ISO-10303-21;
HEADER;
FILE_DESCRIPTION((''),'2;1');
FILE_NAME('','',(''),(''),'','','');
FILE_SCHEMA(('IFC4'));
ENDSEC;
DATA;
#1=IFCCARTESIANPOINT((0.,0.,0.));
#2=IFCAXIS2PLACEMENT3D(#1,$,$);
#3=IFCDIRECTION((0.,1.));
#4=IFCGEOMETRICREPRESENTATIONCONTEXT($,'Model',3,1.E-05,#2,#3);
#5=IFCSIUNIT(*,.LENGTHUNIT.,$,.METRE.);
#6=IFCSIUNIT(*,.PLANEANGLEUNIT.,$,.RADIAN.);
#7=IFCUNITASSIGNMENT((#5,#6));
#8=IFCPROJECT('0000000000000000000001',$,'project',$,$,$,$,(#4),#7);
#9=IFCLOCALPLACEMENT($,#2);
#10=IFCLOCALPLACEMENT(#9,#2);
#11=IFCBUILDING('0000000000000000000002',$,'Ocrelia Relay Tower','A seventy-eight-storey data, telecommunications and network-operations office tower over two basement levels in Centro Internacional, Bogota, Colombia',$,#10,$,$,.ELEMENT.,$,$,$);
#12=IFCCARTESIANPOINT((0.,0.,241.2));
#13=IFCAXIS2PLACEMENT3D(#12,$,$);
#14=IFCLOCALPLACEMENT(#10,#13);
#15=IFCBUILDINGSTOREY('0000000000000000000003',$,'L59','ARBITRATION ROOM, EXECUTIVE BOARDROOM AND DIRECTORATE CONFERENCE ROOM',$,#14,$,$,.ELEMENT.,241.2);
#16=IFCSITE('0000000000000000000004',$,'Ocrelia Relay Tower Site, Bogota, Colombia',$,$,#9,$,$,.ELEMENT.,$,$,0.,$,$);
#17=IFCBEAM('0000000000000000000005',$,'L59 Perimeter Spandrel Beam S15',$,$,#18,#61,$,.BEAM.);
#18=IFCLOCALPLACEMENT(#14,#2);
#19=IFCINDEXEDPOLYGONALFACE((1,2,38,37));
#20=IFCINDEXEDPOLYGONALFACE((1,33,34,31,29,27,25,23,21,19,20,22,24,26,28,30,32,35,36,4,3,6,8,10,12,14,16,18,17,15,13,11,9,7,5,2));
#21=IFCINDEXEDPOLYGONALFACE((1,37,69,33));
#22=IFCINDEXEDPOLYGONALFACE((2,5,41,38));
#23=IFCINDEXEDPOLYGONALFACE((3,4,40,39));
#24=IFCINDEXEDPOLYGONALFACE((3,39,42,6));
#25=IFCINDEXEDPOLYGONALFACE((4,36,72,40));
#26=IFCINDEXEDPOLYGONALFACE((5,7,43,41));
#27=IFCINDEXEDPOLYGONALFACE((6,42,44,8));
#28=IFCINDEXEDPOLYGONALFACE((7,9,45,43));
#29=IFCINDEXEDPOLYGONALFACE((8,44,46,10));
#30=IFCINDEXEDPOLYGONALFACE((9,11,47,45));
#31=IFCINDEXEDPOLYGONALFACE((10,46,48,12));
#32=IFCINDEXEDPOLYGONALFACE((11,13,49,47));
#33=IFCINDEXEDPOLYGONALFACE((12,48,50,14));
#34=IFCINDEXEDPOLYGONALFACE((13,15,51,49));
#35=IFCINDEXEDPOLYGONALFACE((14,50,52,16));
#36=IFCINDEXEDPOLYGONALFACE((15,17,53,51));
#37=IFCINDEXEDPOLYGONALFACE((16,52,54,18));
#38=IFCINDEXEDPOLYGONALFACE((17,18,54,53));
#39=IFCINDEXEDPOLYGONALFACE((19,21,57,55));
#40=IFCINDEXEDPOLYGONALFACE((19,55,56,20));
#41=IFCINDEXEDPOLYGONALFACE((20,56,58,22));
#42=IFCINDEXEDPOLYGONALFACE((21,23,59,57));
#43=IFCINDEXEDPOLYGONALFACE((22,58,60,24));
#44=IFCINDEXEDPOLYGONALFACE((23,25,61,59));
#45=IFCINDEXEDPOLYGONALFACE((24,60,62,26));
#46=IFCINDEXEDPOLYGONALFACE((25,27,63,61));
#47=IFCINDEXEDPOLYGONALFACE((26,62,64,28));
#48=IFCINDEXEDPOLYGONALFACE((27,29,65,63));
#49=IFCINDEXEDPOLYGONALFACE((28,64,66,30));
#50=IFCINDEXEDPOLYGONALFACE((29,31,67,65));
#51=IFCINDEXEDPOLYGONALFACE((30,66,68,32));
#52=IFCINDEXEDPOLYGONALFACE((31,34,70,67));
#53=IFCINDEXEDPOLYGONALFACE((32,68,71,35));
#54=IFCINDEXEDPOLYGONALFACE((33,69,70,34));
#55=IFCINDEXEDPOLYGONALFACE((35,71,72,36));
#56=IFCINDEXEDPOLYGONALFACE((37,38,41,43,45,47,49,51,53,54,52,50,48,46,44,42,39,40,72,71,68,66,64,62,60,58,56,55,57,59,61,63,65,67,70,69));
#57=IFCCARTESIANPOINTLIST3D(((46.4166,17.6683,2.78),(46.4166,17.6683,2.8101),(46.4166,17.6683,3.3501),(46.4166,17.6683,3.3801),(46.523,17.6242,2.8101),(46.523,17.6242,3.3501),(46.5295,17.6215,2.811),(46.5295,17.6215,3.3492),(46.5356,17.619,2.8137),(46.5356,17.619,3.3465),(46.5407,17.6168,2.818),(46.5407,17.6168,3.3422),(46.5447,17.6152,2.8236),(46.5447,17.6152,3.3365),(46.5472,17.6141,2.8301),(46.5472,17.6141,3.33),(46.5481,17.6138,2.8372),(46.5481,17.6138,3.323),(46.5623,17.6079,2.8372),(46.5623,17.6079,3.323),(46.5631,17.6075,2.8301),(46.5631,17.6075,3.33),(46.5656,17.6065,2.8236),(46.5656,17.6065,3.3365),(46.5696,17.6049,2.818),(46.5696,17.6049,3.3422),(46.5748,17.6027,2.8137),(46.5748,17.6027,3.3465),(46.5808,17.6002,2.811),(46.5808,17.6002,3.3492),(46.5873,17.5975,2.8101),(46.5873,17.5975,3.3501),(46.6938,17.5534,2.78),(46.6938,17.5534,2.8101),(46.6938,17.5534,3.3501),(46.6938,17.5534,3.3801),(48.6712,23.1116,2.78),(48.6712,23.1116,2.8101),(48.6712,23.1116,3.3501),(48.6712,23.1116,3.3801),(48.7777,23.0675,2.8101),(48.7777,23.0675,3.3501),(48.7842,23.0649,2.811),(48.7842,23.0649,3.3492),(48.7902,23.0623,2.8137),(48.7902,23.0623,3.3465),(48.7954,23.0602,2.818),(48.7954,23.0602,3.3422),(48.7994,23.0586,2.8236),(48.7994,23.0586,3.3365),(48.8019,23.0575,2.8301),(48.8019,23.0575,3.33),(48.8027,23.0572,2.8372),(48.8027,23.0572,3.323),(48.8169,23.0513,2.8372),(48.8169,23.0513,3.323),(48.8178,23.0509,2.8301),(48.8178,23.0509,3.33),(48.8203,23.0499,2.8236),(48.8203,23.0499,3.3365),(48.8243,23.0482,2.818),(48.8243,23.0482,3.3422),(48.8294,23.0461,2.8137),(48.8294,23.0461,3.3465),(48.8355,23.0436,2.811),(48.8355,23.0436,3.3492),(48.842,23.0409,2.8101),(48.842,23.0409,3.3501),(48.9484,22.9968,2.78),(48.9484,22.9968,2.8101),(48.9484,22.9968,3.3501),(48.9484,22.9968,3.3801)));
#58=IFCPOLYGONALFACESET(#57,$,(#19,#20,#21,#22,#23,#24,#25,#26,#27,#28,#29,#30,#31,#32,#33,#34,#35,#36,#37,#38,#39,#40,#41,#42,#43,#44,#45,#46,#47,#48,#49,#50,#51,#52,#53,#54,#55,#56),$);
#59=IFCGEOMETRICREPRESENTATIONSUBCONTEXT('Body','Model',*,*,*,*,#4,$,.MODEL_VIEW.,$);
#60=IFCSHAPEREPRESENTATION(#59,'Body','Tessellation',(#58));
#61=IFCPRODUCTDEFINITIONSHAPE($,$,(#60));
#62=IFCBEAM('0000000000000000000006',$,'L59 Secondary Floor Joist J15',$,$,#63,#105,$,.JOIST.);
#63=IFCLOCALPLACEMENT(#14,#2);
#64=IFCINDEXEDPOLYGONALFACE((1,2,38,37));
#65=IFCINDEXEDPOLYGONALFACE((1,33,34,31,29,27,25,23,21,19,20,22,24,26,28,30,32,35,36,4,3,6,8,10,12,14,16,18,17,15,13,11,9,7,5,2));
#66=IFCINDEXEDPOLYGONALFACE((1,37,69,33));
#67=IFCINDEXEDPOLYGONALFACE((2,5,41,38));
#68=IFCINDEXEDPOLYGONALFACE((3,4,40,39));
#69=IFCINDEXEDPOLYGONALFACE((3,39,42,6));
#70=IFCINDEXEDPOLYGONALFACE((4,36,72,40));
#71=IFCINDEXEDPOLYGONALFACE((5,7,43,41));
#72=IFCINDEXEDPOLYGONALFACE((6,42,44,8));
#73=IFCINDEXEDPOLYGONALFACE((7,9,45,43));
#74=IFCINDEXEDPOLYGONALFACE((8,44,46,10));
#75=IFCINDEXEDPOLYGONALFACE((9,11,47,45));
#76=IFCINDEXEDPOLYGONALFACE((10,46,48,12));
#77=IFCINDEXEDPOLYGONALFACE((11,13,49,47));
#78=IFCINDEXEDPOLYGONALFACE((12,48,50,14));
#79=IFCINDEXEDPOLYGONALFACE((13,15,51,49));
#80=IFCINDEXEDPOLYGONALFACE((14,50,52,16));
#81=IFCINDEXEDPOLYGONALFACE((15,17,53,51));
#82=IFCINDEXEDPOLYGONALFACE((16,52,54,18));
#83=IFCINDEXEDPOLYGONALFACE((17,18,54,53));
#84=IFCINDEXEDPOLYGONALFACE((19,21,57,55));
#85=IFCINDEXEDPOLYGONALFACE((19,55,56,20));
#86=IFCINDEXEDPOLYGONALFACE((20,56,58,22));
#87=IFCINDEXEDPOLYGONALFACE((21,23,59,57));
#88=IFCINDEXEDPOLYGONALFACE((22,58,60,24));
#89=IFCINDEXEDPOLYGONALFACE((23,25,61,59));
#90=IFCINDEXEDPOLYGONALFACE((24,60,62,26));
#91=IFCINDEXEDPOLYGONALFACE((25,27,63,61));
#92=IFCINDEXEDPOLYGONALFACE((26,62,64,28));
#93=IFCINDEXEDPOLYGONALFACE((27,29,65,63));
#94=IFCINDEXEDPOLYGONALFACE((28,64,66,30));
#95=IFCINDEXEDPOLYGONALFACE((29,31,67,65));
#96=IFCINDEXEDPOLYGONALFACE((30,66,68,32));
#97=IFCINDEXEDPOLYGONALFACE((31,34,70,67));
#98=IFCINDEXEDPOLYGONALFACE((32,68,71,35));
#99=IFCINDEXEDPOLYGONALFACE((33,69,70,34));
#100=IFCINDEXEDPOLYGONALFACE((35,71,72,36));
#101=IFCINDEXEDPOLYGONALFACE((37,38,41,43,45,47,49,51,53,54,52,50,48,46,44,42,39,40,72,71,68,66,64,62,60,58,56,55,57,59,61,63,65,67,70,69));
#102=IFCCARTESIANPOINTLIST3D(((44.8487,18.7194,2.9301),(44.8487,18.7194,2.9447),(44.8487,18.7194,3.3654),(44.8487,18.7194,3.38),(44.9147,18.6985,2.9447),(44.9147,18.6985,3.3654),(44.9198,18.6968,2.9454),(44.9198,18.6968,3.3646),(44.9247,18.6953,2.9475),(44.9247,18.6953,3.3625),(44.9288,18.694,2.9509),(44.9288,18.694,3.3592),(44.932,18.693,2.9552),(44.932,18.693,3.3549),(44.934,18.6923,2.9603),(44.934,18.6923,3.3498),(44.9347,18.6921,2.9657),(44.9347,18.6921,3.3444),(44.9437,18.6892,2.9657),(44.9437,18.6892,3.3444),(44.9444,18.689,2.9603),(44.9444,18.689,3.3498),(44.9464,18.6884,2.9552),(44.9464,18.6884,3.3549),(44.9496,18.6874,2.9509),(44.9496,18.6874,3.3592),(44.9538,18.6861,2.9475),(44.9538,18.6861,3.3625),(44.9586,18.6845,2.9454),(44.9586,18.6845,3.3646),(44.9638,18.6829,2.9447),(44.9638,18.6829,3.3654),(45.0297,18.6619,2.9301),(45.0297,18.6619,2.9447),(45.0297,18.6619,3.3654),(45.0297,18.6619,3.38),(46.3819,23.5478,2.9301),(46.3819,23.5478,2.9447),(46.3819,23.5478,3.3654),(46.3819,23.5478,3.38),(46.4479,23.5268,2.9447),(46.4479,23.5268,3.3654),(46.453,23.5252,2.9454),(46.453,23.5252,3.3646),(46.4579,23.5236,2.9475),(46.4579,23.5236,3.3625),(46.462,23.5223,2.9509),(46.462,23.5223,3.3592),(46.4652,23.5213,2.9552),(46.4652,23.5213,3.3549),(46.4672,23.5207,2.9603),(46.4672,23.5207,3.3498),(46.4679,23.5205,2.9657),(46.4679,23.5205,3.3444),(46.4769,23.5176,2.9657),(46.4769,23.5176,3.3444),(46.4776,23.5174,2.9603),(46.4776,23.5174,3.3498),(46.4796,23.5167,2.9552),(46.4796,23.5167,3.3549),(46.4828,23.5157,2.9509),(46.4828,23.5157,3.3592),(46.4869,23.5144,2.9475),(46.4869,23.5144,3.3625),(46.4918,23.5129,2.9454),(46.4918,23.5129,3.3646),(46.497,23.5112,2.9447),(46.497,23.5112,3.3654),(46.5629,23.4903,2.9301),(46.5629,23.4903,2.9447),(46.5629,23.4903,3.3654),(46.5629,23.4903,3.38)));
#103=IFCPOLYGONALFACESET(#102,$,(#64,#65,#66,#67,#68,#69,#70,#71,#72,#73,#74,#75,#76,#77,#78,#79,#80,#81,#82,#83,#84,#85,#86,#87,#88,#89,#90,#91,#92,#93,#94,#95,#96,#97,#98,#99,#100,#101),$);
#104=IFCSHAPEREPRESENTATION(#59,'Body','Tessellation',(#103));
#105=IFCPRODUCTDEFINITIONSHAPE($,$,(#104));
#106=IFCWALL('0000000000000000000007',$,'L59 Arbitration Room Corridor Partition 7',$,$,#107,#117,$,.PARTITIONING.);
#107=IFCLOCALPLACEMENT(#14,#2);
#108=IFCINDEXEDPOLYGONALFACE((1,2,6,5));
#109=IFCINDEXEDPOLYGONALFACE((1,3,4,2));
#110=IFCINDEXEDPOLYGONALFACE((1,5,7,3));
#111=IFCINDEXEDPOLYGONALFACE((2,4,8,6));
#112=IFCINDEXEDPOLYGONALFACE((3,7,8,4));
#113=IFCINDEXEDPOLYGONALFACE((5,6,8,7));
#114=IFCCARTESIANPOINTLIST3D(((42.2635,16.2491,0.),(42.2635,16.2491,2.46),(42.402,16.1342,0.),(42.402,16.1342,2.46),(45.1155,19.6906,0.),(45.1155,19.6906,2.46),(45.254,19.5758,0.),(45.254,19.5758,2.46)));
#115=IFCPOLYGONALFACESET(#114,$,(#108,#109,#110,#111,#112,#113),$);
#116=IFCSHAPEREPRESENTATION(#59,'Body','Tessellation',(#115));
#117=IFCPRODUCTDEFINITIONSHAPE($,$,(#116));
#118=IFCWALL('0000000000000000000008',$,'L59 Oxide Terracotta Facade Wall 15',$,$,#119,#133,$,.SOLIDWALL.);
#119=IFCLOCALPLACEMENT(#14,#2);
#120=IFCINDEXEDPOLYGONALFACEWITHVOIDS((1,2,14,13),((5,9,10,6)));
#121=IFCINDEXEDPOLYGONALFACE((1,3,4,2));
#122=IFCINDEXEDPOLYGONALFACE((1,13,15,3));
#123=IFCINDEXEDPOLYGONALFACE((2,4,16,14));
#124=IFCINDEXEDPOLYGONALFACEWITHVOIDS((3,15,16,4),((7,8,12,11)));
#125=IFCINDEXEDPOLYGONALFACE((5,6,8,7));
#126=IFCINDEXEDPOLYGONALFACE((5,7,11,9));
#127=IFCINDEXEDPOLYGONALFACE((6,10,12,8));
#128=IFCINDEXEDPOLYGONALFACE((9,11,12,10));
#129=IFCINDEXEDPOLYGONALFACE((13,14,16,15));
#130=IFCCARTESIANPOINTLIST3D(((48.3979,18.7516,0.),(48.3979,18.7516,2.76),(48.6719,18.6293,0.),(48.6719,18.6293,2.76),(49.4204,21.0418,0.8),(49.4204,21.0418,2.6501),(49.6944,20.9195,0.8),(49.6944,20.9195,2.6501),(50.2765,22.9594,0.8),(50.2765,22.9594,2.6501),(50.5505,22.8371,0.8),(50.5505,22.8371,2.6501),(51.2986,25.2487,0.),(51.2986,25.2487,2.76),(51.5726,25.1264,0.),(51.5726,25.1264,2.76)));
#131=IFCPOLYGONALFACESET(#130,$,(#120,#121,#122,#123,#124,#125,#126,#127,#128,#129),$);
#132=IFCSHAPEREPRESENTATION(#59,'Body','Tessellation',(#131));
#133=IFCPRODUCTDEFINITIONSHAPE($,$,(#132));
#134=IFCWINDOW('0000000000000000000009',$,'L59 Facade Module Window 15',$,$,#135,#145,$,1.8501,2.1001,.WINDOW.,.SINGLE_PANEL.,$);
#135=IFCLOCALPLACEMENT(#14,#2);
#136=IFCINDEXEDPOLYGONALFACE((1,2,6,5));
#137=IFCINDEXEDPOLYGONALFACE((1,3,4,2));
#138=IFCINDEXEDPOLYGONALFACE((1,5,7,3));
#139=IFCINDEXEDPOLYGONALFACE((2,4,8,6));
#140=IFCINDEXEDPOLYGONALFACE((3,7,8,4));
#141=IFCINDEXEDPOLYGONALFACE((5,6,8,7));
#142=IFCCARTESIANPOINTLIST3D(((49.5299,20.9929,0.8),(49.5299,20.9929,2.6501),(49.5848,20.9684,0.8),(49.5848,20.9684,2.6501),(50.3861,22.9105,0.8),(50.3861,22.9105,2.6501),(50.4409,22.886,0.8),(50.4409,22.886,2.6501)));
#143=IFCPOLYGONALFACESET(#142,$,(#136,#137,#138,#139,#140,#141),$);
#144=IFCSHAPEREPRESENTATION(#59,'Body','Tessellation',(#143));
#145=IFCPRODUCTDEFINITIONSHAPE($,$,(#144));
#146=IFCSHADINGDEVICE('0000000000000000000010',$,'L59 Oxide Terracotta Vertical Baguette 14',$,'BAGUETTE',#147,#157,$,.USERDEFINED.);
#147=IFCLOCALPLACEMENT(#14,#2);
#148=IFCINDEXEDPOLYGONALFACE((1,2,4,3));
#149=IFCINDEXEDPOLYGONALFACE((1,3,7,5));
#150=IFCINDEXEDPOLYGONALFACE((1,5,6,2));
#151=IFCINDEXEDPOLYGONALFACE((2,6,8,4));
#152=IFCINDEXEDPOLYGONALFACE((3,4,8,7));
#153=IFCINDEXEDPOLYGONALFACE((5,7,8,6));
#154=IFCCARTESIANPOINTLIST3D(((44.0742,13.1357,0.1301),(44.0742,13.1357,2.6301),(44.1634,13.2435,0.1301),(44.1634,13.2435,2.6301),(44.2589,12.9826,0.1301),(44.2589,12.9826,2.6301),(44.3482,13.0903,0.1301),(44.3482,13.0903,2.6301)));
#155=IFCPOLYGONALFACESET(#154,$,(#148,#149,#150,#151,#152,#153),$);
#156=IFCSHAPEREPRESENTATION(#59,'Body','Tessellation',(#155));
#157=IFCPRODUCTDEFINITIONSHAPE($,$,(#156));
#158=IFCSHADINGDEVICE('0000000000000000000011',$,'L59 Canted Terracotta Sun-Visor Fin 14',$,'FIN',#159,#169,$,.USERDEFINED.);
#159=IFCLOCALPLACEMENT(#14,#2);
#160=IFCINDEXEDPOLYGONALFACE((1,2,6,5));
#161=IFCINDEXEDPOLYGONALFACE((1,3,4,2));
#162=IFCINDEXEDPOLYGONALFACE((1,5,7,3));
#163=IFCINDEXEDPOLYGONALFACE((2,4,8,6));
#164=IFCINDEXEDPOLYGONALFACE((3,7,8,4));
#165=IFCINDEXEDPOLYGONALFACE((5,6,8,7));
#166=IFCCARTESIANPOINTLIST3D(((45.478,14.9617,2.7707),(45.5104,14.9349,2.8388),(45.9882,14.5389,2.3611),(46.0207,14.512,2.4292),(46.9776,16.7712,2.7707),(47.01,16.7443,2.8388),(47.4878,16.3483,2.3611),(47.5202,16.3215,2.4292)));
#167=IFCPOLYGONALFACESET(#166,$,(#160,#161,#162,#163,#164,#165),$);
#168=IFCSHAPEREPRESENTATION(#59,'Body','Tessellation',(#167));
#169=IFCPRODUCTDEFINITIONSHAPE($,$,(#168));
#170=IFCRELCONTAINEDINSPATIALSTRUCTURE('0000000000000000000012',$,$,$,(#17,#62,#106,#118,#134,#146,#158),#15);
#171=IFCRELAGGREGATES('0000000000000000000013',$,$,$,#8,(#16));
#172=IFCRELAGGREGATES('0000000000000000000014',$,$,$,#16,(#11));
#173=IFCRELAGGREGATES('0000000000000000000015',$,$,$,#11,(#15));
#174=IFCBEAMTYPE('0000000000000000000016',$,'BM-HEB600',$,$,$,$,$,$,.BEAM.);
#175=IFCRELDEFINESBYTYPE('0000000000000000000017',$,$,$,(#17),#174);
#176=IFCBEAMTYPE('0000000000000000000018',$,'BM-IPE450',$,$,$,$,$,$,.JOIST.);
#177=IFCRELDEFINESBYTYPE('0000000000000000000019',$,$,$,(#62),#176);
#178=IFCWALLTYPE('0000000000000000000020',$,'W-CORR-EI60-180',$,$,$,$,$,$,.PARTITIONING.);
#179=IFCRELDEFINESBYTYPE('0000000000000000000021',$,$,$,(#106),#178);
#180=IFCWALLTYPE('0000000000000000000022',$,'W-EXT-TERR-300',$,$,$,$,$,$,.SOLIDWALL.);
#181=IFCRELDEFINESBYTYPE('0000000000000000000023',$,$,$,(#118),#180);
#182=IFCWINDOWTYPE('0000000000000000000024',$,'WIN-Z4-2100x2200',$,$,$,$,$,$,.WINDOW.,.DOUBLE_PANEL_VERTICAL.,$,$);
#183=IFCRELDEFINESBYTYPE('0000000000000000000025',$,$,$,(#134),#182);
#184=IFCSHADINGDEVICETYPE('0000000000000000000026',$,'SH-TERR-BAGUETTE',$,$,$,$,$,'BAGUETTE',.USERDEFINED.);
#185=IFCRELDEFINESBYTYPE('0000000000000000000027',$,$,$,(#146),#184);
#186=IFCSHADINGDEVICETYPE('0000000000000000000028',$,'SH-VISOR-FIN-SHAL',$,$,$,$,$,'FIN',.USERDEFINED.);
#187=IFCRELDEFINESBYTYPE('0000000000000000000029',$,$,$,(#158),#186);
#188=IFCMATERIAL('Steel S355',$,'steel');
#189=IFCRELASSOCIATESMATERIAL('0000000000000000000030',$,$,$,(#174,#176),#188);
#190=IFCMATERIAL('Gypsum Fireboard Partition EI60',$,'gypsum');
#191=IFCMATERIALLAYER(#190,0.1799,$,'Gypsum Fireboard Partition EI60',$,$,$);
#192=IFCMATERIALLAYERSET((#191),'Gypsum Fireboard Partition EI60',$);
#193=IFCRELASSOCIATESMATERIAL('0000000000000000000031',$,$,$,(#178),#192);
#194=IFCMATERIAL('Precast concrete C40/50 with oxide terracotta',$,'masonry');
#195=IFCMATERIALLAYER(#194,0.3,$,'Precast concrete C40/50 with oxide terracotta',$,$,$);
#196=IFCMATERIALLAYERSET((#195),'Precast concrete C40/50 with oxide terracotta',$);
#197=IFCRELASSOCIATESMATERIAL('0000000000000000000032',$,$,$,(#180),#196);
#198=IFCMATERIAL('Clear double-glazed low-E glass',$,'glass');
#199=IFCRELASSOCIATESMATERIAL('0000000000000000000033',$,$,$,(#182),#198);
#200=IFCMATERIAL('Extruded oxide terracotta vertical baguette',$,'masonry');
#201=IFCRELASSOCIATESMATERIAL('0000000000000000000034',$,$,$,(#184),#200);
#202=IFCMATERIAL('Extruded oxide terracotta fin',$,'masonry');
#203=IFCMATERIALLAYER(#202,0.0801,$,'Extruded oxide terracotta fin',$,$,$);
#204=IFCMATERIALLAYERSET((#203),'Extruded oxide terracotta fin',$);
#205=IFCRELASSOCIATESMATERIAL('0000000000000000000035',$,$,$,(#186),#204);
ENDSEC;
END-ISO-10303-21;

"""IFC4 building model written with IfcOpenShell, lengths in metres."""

from ifc_helpers import new_model, si_unit, direction, frame, frame_2d, origin, origin_2d, place, context, subcontext, project, spatial, rectangle, i_section, extrude, material, layer, layer_set, material_profile, profile_set, type_object, element, fill, save


model = new_model("IFC4")

# Units and contexts
model_context = context("Model", 3, precision=1e-05, world=origin(), true_north=direction((0.0, 1.0)))
body_context = subcontext(model_context, "Body", "Model", "MODEL_VIEW")
ifc_project = project(units=[si_unit("LENGTHUNIT", "METRE"), si_unit("PLANEANGLEUNIT", "RADIAN")], contexts=[model_context])

# Site, building, storey
site_placement = place(None, origin())
site = spatial("IfcSite", under=ifc_project, at=site_placement, Name="Ocrelia Relay Tower Site, Bogota, Colombia", CompositionType="ELEMENT", RefElevation=0.0)
building_placement = place(site_placement, origin())
building = spatial("IfcBuilding", under=site, at=building_placement, Name="Ocrelia Relay Tower", Description="A seventy-eight-storey data, telecommunications and network-operations office tower over two basement levels in Centro Internacional, Bogota, Colombia", CompositionType="ELEMENT")
storey_placement = place(building_placement, frame((0.0, 0.0, 241.2)))
storey = spatial("IfcBuildingStorey", under=building, at=storey_placement, Name="L59", Description="ARBITRATION ROOM, EXECUTIVE BOARDROOM AND DIRECTORATE CONFERENCE ROOM", CompositionType="ELEMENT", Elevation=241.2)

# Beams
ifc_material_1 = material(Name="Steel S355", Category="steel")
ifc_material_profile_1 = material_profile(ifc_material_1, i_section(OverallWidth=0.3, OverallDepth=0.6001, WebThickness=0.0154, FlangeThickness=0.03, FilletRadius=0.0271, at=origin_2d()), Name="HEB 600")
ifc_profile_set_1 = profile_set([ifc_material_profile_1], Name="Steel S355")
beam_type_1 = type_object("IfcBeamType", Name="BM-HEB600", PredefinedType="BEAM", material=ifc_profile_set_1)
beam_1_placement = place(storey_placement, frame((46.5552, 17.6108, 3.0801), z_axis=(0.382673, 0.923884, 0.0), x_axis=(-0.923884, 0.382673, 0.0)))
element("IfcBeam", 1, at=beam_1_placement, inside=storey, type_object=beam_type_1, Name="L59 Perimeter Spandrel Beam S15", PredefinedType="BEAM", context=body_context, shape_type="SweptSolid", body=[
    extrude(i_section(OverallWidth=0.3, OverallDepth=0.6001, WebThickness=0.0154, FlangeThickness=0.03, FilletRadius=0.0271, at=origin_2d()), origin(), (0.0, 0.0, 1.0), 5.8918),
])
ifc_material_profile_2 = material_profile(ifc_material_1, i_section(OverallWidth=0.1899, OverallDepth=0.45, WebThickness=0.0095, FlangeThickness=0.0146, FilletRadius=0.021, at=origin_2d()), Name="IPE 450")
ifc_profile_set_2 = profile_set([ifc_material_profile_2], Name="Steel S355")
beam_type_2 = type_object("IfcBeamType", Name="BM-IPE450", PredefinedType="JOIST", material=ifc_profile_set_2)
beam_2_placement = place(storey_placement, frame((44.9392, 18.6907, 3.155), z_axis=(0.302649, 0.953102, 0.0), x_axis=(-0.953102, 0.302649, 0.0)))
element("IfcBeam", 2, at=beam_2_placement, inside=storey, type_object=beam_type_2, Name="L59 Secondary Floor Joist J15", PredefinedType="JOIST", context=body_context, shape_type="SweptSolid", body=[
    extrude(i_section(OverallWidth=0.1899, OverallDepth=0.45, WebThickness=0.0095, FlangeThickness=0.0146, FilletRadius=0.021, at=origin_2d()), origin(), (0.0, 0.0, 1.0), 5.0659),
])

# Wall
ifc_material_2 = material(Name="Gypsum Fireboard Partition EI60", Category="gypsum")
ifc_layer_1 = layer(ifc_material_2, 0.1799, Name="Gypsum Fireboard Partition EI60")
ifc_layer_set_1 = layer_set([ifc_layer_1], Name="Gypsum Fireboard Partition EI60")
wall_type_1 = type_object("IfcWallType", Name="W-CORR-EI60-180", PredefinedType="PARTITIONING", material=ifc_layer_set_1)
wall_1_placement = place(storey_placement, frame((42.3328, 16.1917, 0.0), z_axis=(0.0, 0.0, 1.0), x_axis=(0.638071, 0.769978, 0.0)))
element("IfcWall", 3, at=wall_1_placement, inside=storey, type_object=wall_type_1, Name="L59 Arbitration Room Corridor Partition 7", PredefinedType="PARTITIONING", context=body_context, shape_type="SweptSolid", body=[
    extrude(rectangle(XDim=4.4697, YDim=0.1799, at=frame_2d((2.2349, 0.0))), origin(), (0.0, 0.0, 1.0), 2.46),
])

# Shared definitions
ifc_material_3 = material(Name="Precast concrete C40/50 with oxide terracotta", Category="masonry")
ifc_layer_2 = layer(ifc_material_3, 0.3, Name="Precast concrete C40/50 with oxide terracotta")
ifc_layer_set_2 = layer_set([ifc_layer_2], Name="Precast concrete C40/50 with oxide terracotta")
wall_type_2 = type_object("IfcWallType", Name="W-EXT-TERR-300", PredefinedType="SOLIDWALL", material=ifc_layer_set_2)

# Wall, opening, window
wall_2_placement = place(storey_placement, frame((48.5349, 18.6904, 0.0), z_axis=(0.0, 0.0, 1.0), x_axis=(0.407669, 0.91313, 0.0)))
wall_2 = element("IfcWall", 4, at=wall_2_placement, inside=storey, type_object=wall_type_2, Name="L59 Oxide Terracotta Facade Wall 15", PredefinedType="SOLIDWALL", context=body_context, shape_type="SweptSolid", body=[
    extrude(rectangle(XDim=7.1152, YDim=0.3, at=frame_2d((3.5576, 0.0))), origin(), (0.0, 0.0, 1.0), 2.76),
])
opening_1_placement = place(wall_2_placement, frame((2.5081, 0.0, 0.8)))
opening_1 = element("IfcOpeningElement", 5, at=opening_1_placement, cuts=wall_2, PredefinedType="OPENING", context=body_context, shape_type="SweptSolid", body=[
    extrude(rectangle(XDim=2.1001, YDim=1.8501, at=frame_2d((1.05, 0.925))), frame((0.0, 0.1602, 0.0), z_axis=(0.0, -1.0, 0.0), x_axis=(1.0, 0.0, 0.0)), (0.0, 0.0, 1.0), 0.3201),
])
ifc_material_4 = material(Name="Clear double-glazed low-E glass", Category="glass")
window_type = type_object("IfcWindowType", Name="WIN-Z4-2100x2200", PartitioningType="DOUBLE_PANEL_VERTICAL", PredefinedType="WINDOW", material=ifc_material_4)
window_placement = place(opening_1_placement, origin())
window = element("IfcWindow", 6, at=window_placement, inside=storey, type_object=window_type, Name="L59 Facade Module Window 15", OverallHeight=1.8501, OverallWidth=2.1001, PartitioningType="SINGLE_PANEL", PredefinedType="WINDOW", context=body_context, shape_type="SweptSolid", body=[
    extrude(rectangle(XDim=2.1001, YDim=1.8501, at=frame_2d((1.05, 0.925))), frame((0.0, 0.03, 0.0), z_axis=(0.0, -1.0, 0.0), x_axis=(1.0, 0.0, 0.0)), (0.0, 0.0, 1.0), 0.0601),
])
fill(opening_1, window)

# Shading devices
ifc_material_5 = material(Name="Extruded oxide terracotta vertical baguette", Category="masonry")
shading_device_type_1 = type_object("IfcShadingDeviceType", Name="SH-TERR-BAGUETTE", ElementType="BAGUETTE", PredefinedType="USERDEFINED", material=ifc_material_5)
shading_device_1_placement = place(storey_placement, frame((44.2112, 13.113, 0.1301), z_axis=(0.0, 0.0, 1.0), x_axis=(0.638096, 0.769957, 0.0)))
element("IfcShadingDevice", 7, at=shading_device_1_placement, inside=storey, type_object=shading_device_type_1, Name="L59 Oxide Terracotta Vertical Baguette 14", ObjectType="BAGUETTE", PredefinedType="USERDEFINED", context=body_context, shape_type="SweptSolid", body=[
    extrude(rectangle(XDim=0.1399, YDim=0.24, at=origin_2d()), origin(), (0.0, 0.0, 1.0), 2.5),
])
ifc_material_6 = material(Name="Extruded oxide terracotta fin", Category="masonry")
ifc_layer_3 = layer(ifc_material_6, 0.0801, Name="Extruded oxide terracotta fin")
ifc_layer_set_3 = layer_set([ifc_layer_3], Name="Extruded oxide terracotta fin")
shading_device_type_2 = type_object("IfcShadingDeviceType", Name="SH-VISOR-FIN-SHAL", ElementType="FIN", PredefinedType="USERDEFINED", material=ifc_layer_set_3)
shading_device_2_placement = place(storey_placement, frame((46.4829, 15.655, 2.5659), z_axis=(0.404819, -0.335491, 0.850628), x_axis=(0.638096, 0.769957, 0.0)))
element("IfcShadingDevice", 8, at=shading_device_2_placement, inside=storey, type_object=shading_device_type_2, Name="L59 Canted Terracotta Sun-Visor Fin 14", ObjectType="FIN", PredefinedType="USERDEFINED", context=body_context, shape_type="SweptSolid", body=[
    extrude(rectangle(XDim=2.3501, YDim=0.7791, at=origin_2d()), origin(), (0.0, 0.0, 1.0), 0.0801),
])

save(model, "model.ifc")
